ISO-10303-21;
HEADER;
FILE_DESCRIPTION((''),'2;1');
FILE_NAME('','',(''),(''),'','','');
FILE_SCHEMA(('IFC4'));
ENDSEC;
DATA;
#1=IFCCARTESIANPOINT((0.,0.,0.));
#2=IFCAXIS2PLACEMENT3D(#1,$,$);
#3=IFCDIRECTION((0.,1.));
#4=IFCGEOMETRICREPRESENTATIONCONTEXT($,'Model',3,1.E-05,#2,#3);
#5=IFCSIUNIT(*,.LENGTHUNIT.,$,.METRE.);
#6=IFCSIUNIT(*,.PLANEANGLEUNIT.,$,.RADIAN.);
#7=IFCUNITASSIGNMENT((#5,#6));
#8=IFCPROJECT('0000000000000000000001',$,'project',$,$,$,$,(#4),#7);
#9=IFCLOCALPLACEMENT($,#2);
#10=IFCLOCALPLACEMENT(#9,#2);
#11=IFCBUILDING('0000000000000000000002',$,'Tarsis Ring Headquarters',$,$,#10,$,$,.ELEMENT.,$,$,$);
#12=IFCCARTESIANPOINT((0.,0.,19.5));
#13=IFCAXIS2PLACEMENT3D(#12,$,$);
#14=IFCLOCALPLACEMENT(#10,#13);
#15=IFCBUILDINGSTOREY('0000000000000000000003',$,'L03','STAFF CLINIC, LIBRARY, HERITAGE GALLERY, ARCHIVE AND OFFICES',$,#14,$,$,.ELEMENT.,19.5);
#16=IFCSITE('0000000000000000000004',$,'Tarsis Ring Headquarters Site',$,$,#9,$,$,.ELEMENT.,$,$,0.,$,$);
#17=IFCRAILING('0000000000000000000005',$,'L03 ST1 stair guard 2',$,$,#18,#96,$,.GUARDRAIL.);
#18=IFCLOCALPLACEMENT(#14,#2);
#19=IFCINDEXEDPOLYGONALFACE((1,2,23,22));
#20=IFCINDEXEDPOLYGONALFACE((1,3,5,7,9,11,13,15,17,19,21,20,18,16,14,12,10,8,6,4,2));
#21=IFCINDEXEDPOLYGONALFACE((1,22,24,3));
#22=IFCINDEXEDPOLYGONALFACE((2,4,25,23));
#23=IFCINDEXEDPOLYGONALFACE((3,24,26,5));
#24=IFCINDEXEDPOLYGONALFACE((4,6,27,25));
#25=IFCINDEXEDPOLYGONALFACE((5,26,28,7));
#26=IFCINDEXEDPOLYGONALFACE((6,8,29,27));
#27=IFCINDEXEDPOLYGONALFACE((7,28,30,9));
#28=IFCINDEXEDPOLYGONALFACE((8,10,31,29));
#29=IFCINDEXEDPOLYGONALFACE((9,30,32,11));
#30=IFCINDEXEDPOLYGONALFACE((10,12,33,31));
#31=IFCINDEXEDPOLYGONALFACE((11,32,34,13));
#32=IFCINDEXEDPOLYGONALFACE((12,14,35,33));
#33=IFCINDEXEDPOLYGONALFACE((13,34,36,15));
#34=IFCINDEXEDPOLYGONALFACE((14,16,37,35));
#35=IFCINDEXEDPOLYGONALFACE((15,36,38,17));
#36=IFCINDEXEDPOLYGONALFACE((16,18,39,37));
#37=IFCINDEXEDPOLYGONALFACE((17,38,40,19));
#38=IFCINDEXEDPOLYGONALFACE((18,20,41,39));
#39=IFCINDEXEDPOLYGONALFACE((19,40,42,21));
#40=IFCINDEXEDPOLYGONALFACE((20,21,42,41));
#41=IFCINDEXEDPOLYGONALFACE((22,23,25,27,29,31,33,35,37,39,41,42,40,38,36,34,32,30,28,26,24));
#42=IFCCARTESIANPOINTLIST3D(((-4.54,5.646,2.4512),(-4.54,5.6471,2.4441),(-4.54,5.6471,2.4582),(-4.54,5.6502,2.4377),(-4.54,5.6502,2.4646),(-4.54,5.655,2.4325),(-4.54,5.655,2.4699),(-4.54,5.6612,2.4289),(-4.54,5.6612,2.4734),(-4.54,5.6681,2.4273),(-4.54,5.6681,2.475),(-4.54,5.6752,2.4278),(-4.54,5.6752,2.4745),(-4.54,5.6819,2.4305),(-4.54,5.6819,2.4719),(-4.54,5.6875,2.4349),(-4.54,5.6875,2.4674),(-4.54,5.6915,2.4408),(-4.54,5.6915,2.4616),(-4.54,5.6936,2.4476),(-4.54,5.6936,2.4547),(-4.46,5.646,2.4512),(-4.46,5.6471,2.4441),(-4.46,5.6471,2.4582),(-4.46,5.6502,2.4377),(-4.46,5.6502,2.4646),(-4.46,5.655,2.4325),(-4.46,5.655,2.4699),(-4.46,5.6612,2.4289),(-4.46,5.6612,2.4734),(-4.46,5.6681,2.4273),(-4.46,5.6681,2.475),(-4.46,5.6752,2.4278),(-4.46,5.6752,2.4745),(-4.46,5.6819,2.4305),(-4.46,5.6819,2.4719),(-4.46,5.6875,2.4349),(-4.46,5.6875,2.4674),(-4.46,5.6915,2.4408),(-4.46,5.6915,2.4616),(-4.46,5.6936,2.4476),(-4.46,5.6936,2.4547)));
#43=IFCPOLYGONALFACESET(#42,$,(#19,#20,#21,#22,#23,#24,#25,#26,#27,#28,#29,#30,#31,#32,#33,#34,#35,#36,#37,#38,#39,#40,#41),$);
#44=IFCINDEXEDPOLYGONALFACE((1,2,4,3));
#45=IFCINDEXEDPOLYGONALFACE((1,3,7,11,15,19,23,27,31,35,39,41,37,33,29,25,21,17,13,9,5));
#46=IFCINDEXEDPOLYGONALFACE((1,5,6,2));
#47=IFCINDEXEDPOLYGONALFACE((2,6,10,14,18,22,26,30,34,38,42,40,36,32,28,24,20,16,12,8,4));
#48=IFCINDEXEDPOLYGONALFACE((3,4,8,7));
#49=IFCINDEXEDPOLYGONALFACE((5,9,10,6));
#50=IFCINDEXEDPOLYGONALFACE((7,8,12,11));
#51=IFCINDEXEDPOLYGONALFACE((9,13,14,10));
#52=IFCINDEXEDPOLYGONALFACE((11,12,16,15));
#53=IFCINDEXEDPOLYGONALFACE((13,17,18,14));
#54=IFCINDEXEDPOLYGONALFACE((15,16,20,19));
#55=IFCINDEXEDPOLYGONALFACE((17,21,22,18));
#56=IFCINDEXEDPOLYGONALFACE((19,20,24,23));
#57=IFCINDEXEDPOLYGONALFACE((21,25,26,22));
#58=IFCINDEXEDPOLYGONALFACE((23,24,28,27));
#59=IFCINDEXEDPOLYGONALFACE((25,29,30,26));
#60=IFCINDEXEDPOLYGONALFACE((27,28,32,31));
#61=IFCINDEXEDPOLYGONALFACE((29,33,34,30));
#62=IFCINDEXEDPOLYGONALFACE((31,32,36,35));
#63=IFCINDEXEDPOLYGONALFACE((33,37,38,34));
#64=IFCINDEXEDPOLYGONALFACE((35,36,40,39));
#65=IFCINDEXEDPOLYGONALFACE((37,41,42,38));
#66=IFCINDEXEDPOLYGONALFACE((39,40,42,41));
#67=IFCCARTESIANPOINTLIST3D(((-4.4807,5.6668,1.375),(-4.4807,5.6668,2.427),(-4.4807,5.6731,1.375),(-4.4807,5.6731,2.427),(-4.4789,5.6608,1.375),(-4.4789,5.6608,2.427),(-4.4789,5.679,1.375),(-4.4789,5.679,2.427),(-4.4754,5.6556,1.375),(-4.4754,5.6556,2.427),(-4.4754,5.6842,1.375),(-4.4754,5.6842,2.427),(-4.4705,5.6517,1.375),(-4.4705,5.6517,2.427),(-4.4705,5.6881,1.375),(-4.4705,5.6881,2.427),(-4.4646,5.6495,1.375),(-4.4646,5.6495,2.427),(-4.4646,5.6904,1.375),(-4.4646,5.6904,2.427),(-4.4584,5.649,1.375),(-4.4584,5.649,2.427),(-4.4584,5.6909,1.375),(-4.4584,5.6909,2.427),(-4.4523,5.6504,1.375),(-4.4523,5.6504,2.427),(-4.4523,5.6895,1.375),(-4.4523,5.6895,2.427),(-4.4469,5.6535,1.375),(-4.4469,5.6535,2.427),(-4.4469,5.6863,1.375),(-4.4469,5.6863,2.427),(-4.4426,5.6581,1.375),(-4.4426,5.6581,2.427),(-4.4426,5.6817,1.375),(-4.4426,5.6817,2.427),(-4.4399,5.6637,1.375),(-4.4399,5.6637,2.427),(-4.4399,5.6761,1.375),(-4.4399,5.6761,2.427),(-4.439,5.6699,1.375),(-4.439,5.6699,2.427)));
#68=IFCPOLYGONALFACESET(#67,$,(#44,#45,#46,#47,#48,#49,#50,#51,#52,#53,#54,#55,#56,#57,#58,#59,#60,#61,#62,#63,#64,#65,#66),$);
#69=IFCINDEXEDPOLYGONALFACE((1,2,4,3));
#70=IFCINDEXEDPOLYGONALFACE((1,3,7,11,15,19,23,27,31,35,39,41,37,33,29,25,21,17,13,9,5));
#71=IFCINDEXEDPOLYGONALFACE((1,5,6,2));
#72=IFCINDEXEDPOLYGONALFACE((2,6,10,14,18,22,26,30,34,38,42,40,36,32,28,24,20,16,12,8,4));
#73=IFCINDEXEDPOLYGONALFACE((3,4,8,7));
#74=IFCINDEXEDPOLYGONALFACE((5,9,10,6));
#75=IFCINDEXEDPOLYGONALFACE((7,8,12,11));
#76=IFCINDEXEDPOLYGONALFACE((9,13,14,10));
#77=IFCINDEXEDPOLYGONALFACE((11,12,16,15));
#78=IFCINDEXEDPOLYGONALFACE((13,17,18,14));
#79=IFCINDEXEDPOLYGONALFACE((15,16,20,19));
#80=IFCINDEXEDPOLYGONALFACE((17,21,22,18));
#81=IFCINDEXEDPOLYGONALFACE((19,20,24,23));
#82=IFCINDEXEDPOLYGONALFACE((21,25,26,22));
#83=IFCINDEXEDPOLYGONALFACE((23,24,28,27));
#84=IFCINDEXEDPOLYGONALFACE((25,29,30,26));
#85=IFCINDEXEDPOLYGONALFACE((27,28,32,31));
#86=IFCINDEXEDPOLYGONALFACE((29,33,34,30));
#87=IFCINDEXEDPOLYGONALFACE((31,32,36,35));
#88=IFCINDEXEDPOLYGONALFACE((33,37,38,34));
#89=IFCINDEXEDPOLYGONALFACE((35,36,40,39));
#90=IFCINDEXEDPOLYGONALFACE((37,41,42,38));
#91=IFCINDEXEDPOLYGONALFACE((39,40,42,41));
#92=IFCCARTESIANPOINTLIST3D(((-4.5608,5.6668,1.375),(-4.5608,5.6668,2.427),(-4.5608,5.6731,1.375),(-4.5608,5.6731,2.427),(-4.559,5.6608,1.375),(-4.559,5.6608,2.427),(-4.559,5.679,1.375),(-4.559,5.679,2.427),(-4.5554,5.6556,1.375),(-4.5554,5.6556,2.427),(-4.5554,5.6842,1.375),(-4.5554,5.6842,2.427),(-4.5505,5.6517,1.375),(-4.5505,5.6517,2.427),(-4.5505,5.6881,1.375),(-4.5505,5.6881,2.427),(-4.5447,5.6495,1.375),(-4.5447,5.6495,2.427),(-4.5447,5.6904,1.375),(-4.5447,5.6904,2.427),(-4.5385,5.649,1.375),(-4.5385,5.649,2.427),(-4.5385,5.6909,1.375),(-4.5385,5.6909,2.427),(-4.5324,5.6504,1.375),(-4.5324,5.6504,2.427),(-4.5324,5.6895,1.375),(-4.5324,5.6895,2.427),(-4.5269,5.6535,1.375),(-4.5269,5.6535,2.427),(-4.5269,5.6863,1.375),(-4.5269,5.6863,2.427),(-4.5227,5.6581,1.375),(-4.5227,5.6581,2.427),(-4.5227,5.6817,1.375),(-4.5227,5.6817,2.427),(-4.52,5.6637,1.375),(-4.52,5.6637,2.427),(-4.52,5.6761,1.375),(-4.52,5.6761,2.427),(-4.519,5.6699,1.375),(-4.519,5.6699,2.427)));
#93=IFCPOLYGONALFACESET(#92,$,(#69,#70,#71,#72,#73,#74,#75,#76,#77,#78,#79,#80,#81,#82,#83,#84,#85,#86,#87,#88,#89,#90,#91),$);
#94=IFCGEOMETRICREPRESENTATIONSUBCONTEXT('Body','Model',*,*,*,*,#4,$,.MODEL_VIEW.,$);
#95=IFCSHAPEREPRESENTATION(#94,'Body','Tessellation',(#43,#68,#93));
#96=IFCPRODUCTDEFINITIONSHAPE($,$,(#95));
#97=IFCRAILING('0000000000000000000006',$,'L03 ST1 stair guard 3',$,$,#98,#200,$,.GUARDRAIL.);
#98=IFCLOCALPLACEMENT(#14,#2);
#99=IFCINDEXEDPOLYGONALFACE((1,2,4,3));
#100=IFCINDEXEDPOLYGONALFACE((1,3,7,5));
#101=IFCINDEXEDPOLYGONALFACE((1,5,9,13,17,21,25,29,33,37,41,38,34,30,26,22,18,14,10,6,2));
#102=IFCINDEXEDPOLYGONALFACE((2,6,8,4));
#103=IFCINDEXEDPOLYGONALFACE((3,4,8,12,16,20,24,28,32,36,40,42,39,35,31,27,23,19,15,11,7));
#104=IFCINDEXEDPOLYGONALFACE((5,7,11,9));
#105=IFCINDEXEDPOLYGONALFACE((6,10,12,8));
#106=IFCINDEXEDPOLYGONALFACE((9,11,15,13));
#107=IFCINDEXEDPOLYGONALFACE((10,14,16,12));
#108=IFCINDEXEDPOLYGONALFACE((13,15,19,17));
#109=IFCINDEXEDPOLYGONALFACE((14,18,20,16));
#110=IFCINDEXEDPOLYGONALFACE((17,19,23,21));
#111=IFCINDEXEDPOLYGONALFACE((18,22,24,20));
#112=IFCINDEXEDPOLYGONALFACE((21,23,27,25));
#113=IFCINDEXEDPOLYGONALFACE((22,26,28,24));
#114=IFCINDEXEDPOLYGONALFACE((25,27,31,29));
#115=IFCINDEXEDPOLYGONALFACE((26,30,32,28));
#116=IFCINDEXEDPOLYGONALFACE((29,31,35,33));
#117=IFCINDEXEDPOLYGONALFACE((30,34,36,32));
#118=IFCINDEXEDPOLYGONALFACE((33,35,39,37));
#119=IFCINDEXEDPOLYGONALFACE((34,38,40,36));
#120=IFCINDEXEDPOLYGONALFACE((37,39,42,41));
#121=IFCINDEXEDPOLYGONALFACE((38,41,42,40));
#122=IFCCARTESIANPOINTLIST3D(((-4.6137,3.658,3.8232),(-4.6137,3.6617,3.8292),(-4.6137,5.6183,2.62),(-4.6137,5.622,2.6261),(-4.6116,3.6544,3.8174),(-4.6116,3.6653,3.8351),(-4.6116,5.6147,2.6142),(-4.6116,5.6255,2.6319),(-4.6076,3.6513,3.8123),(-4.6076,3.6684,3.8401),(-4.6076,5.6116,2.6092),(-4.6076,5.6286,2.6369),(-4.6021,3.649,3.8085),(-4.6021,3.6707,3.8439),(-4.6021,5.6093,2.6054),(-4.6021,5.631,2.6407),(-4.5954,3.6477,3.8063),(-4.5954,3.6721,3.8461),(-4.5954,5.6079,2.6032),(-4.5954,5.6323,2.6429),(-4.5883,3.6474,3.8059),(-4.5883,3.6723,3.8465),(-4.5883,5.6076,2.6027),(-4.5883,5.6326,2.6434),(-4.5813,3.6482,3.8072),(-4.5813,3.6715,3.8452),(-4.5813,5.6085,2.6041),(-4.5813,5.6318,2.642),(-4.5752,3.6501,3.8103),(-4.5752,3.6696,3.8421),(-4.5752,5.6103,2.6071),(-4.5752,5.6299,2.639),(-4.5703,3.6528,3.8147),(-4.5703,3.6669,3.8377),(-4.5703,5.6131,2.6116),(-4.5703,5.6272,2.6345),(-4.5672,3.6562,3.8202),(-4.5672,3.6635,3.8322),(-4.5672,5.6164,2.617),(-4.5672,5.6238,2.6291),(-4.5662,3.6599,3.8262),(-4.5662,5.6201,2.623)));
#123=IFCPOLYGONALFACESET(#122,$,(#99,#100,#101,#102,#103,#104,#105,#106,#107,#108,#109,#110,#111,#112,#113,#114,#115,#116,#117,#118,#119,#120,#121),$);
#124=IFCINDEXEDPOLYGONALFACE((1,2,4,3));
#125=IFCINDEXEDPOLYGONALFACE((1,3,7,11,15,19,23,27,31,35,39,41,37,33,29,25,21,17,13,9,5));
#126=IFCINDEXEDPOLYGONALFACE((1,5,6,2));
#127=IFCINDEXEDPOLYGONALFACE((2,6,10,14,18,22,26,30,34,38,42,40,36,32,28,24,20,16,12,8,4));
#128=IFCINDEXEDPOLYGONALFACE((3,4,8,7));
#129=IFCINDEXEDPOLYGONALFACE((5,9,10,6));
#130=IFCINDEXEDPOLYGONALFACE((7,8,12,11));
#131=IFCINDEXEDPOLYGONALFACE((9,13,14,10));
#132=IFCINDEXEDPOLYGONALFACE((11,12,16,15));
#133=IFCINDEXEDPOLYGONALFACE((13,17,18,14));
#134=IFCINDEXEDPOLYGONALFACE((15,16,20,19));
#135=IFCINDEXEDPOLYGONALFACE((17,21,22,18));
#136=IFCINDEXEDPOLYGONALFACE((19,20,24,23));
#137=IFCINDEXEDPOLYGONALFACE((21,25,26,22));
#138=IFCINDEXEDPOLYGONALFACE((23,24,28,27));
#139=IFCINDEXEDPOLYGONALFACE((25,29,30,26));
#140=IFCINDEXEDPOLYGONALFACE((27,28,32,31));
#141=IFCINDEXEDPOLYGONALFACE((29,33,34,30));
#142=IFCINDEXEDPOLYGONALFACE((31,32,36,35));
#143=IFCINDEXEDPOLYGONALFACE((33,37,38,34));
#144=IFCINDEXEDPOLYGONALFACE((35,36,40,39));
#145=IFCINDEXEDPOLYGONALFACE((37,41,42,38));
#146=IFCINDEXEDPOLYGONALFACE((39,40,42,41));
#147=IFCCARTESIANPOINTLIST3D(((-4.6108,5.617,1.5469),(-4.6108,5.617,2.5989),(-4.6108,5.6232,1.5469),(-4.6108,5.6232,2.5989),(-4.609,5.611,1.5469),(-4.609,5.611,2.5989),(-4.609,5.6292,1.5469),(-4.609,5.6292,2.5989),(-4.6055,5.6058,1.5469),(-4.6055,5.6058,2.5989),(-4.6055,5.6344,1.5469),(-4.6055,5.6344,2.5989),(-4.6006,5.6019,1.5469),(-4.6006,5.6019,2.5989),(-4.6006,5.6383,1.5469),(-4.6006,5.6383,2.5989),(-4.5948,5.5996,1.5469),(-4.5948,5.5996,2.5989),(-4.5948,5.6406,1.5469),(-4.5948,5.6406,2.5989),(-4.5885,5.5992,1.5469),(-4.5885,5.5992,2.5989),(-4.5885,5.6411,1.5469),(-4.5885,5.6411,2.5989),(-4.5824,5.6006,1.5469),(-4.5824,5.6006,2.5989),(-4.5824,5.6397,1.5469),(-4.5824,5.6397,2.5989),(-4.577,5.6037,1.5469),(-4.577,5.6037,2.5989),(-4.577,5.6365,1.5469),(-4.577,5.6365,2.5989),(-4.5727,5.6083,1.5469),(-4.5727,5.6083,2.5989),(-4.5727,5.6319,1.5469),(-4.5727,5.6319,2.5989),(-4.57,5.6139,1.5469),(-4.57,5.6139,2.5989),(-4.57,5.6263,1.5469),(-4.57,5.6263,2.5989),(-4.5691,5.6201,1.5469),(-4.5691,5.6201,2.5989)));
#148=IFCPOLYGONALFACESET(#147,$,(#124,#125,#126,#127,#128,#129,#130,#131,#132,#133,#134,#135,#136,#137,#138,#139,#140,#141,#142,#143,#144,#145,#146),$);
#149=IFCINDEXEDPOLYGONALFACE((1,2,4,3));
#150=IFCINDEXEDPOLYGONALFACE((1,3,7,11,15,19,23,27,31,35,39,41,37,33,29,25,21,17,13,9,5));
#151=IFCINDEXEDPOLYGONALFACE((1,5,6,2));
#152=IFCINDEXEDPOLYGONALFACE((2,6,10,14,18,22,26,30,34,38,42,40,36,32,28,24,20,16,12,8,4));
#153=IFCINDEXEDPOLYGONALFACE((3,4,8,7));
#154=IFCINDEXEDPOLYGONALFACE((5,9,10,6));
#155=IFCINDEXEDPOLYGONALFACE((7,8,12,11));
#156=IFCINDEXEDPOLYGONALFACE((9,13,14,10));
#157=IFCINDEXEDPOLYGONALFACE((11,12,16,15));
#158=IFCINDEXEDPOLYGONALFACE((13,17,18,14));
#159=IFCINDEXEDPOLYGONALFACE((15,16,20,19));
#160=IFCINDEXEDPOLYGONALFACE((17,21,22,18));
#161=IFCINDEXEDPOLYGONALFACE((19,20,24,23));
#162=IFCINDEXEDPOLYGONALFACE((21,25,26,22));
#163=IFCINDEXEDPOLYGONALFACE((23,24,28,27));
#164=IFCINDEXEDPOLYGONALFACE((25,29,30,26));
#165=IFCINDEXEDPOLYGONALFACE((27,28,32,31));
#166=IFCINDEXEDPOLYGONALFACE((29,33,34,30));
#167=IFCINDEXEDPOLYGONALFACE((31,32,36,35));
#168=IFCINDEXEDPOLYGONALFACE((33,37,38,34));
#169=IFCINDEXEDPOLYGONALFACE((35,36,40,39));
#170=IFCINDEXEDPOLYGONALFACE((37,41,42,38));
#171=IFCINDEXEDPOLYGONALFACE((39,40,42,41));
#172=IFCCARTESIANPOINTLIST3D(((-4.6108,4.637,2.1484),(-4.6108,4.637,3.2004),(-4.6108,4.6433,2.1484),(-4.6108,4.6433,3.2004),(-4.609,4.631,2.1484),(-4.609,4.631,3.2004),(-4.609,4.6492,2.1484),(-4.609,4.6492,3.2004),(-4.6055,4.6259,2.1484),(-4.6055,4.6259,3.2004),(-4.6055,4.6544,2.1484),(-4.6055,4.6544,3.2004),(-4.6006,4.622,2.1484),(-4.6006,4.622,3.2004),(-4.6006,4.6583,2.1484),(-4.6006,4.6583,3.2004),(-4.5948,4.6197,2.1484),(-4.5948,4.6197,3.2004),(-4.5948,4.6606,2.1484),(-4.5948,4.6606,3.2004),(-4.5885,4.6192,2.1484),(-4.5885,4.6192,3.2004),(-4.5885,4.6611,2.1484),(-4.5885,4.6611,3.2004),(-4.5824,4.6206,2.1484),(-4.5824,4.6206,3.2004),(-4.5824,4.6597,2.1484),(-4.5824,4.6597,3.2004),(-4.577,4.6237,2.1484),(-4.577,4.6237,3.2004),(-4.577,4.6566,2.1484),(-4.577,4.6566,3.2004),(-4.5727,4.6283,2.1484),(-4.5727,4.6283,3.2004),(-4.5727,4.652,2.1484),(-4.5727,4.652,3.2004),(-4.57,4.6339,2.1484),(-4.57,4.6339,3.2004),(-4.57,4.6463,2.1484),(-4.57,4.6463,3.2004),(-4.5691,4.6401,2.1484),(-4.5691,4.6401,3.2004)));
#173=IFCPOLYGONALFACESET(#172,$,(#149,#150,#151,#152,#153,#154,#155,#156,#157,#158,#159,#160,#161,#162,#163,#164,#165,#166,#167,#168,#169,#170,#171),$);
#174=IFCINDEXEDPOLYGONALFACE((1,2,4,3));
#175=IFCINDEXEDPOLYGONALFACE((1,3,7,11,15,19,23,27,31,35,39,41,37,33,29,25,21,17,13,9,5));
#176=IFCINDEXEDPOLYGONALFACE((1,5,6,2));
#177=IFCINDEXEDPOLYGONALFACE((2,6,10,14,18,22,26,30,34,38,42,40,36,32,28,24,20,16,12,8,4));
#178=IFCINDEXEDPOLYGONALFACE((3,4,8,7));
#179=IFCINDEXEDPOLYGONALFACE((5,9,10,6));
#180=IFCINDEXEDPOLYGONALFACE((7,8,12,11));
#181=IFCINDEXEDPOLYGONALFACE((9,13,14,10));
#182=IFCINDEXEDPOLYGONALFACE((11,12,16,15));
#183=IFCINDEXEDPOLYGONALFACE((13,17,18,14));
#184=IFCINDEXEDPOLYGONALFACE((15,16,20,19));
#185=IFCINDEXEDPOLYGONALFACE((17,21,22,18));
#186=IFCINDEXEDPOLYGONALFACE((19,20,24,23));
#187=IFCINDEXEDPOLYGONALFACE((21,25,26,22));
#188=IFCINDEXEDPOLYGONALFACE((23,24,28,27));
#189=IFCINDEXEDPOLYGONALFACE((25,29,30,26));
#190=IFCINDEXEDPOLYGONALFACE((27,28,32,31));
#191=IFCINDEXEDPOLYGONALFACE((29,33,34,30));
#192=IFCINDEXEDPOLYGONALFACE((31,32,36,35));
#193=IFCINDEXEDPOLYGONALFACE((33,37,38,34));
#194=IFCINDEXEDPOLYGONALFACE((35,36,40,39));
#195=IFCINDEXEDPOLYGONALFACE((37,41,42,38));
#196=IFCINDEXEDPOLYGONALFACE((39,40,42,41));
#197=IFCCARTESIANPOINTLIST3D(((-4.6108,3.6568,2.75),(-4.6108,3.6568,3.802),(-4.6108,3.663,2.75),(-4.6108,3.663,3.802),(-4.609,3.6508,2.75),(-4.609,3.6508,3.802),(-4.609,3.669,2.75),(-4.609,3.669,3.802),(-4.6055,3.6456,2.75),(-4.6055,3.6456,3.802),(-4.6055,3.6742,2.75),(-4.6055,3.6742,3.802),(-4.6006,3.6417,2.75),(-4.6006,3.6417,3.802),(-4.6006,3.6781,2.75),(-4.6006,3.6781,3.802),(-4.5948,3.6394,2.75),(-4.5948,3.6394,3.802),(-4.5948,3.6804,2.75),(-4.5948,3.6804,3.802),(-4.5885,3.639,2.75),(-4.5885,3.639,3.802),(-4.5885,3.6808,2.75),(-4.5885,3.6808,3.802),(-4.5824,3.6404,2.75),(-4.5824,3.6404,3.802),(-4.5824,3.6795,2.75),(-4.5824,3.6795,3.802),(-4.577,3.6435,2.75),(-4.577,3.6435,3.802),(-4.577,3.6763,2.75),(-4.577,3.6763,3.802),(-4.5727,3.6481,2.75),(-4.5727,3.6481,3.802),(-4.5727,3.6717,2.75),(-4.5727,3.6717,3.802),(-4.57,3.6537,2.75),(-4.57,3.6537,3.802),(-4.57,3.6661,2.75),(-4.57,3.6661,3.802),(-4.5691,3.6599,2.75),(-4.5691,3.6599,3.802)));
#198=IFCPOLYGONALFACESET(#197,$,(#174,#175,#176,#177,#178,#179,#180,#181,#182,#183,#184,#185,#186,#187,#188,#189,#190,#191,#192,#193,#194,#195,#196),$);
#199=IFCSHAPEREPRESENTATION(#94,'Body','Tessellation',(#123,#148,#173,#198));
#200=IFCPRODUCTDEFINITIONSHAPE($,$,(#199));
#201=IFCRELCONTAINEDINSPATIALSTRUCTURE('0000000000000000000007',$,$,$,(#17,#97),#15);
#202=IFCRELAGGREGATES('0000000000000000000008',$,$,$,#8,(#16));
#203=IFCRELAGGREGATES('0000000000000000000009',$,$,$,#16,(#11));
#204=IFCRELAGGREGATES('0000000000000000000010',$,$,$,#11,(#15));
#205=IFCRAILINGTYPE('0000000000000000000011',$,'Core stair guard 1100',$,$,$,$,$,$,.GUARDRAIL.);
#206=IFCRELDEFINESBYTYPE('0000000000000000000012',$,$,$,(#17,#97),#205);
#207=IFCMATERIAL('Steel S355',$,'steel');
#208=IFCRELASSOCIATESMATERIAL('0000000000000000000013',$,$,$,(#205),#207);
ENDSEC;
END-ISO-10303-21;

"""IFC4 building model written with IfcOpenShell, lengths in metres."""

from ifc_helpers import new_model, si_unit, direction, frame, origin, origin_2d, place, context, subcontext, project, spatial, circle, extrude, material, type_object, element, save


model = new_model("IFC4")

# Units and contexts
model_context = context("Model", 3, precision=1e-05, world=origin(), true_north=direction((0.0, 1.0)))
body_context = subcontext(model_context, "Body", "Model", "MODEL_VIEW")
ifc_project = project(units=[si_unit("LENGTHUNIT", "METRE"), si_unit("PLANEANGLEUNIT", "RADIAN")], contexts=[model_context])

# Site, building, storey
site_placement = place(None, origin())
site = spatial("IfcSite", under=ifc_project, at=site_placement, Name="Tarsis Ring Headquarters Site", CompositionType="ELEMENT", RefElevation=0.0)
building_placement = place(site_placement, origin())
building = spatial("IfcBuilding", under=site, at=building_placement, Name="Tarsis Ring Headquarters", CompositionType="ELEMENT")
storey_placement = place(building_placement, frame((0.0, 0.0, 19.5)))
storey = spatial("IfcBuildingStorey", under=building, at=storey_placement, Name="L03", Description="STAFF CLINIC, LIBRARY, HERITAGE GALLERY, ARCHIVE AND OFFICES", CompositionType="ELEMENT", Elevation=19.5)

# Shared definitions
ifc_material_1 = material(Name="Steel S355", Category="steel")

# Railings
railing_type_1 = type_object("IfcRailingType", Name="Core stair guard 1100", PredefinedType="GUARDRAIL", material=ifc_material_1)
railing_1_placement = place(storey_placement, frame((-4.46, 5.6699, 1.375)))
element("IfcRailing", 1, at=railing_1_placement, inside=storey, type_object=railing_type_1, Name="L03 ST1 stair guard 2", PredefinedType="GUARDRAIL", context=body_context, shape_type="SweptSolid", body=[
    extrude(circle(Radius=0.0239, at=origin_2d()), frame((0.0, 0.0, 1.0762), z_axis=(-1.0, 0.0, 0.0), x_axis=(0.0, -1.0, 0.0)), (0.0, 0.0, 1.0), 0.0801),
    extrude(circle(Radius=0.021, at=origin_2d()), origin(), (0.0, 0.0, 1.0), 1.052),
    extrude(circle(Radius=0.021, at=origin_2d()), frame((-0.0801, 0.0, 0.0)), (0.0, 0.0, 1.0), 1.052),
])
railing_2_placement = place(storey_placement, frame((-4.5901, 5.6201, 1.5469)))
element("IfcRailing", 2, at=railing_2_placement, inside=storey, type_object=railing_type_1, Name="L03 ST1 stair guard 3", PredefinedType="GUARDRAIL", context=body_context, shape_type="SweptSolid", body=[
    extrude(circle(Radius=0.0239, at=origin_2d()), frame((0.0, 0.0, 1.0762), z_axis=(0.0, -0.85227, 0.523102), x_axis=(1.0, 0.0, 0.0)), (0.0, 0.0, 1.0), 2.3),
    extrude(circle(Radius=0.021, at=origin_2d()), origin(), (0.0, 0.0, 1.0), 1.052),
    extrude(circle(Radius=0.021, at=origin_2d()), frame((0.0, -0.98, 0.6016)), (0.0, 0.0, 1.0), 1.052),
    extrude(circle(Radius=0.021, at=origin_2d()), frame((0.0, -1.9602, 1.2031)), (0.0, 0.0, 1.0), 1.052),
])

save(model, "model.ifc")
